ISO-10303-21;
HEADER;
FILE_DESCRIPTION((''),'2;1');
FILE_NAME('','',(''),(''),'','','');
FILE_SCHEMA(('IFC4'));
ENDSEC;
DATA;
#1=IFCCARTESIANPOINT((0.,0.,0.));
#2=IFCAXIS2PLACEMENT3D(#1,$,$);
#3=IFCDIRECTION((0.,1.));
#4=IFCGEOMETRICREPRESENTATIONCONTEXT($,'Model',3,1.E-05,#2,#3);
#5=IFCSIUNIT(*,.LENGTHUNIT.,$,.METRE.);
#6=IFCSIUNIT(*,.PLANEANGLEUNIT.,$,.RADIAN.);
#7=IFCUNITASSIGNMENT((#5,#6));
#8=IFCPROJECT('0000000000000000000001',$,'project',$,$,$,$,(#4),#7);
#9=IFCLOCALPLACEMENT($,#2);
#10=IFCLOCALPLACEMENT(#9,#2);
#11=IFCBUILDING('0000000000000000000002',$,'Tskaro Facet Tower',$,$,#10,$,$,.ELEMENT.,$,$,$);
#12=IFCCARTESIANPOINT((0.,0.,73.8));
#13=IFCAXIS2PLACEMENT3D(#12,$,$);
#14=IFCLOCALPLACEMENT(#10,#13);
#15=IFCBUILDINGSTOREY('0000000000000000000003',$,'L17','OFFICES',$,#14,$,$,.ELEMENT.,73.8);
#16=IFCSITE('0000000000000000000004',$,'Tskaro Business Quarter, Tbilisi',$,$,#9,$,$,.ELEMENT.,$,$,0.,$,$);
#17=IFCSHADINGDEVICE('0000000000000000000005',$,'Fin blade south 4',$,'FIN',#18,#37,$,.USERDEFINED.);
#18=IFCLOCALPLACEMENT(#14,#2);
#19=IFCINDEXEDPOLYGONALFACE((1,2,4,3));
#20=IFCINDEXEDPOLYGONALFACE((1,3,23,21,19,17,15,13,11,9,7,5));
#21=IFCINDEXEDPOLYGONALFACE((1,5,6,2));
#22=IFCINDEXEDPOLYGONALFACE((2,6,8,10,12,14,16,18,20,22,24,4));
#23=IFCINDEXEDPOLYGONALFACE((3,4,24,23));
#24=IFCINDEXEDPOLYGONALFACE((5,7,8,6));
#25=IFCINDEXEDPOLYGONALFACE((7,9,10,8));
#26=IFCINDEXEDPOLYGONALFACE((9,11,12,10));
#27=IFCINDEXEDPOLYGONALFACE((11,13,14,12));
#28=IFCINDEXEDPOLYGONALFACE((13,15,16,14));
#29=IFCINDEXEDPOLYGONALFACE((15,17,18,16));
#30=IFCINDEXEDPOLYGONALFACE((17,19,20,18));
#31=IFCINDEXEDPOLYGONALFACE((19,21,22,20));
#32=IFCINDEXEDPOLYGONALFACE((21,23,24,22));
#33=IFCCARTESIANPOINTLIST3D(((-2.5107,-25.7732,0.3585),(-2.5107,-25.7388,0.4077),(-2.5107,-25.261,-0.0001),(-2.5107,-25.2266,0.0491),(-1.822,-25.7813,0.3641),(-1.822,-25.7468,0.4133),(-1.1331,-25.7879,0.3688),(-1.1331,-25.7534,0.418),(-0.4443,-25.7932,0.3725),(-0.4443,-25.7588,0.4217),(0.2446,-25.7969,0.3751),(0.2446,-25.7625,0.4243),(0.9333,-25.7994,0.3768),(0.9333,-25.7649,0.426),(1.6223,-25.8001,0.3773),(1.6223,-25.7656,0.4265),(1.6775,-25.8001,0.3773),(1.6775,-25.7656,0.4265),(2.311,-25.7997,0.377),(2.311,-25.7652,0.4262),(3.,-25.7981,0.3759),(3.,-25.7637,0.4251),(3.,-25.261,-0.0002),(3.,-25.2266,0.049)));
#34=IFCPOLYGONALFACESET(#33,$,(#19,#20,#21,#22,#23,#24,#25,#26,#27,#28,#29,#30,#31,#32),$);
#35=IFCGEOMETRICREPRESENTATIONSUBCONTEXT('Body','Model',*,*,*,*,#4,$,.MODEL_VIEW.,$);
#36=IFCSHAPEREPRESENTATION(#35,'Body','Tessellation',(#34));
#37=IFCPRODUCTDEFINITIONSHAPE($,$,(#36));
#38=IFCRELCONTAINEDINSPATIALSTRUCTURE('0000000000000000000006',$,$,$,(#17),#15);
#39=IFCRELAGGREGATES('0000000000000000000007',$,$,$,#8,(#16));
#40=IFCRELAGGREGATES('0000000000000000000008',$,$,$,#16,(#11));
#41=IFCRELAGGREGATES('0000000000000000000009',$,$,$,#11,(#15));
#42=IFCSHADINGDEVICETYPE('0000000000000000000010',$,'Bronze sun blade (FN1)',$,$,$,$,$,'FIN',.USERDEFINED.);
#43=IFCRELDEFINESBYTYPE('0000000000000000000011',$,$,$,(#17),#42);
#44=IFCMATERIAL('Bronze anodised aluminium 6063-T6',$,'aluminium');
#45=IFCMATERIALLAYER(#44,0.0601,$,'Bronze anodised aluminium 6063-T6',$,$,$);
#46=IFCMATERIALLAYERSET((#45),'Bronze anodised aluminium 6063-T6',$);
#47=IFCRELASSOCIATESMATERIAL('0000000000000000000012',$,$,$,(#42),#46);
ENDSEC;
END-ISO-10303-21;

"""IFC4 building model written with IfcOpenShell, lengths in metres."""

from ifc_helpers import new_model, si_unit, direction, frame, origin, place, context, subcontext, project, spatial, polyline, outline, extrude, material, layer, layer_set, type_object, element, save


model = new_model("IFC4")

# Units and contexts
model_context = context("Model", 3, precision=1e-05, world=origin(), true_north=direction((0.0, 1.0)))
body_context = subcontext(model_context, "Body", "Model", "MODEL_VIEW")
ifc_project = project(units=[si_unit("LENGTHUNIT", "METRE"), si_unit("PLANEANGLEUNIT", "RADIAN")], contexts=[model_context])

# Site, building, storey
site_placement = place(None, origin())
site = spatial("IfcSite", under=ifc_project, at=site_placement, Name="Tskaro Business Quarter, Tbilisi", CompositionType="ELEMENT", RefElevation=0.0)
building_placement = place(site_placement, origin())
building = spatial("IfcBuilding", under=site, at=building_placement, Name="Tskaro Facet Tower", CompositionType="ELEMENT")
storey_placement = place(building_placement, frame((0.0, 0.0, 73.8)))
storey = spatial("IfcBuildingStorey", under=building, at=storey_placement, Name="L17", Description="OFFICES", CompositionType="ELEMENT", Elevation=73.8)

# Shared definitions
ifc_material_1 = material(Name="Bronze anodised aluminium 6063-T6", Category="aluminium")

# Shading device
ifc_layer_1 = layer(ifc_material_1, 0.0601, Name="Bronze anodised aluminium 6063-T6")
ifc_layer_set_1 = layer_set([ifc_layer_1], Name="Bronze anodised aluminium 6063-T6")
shading_device_type = type_object("IfcShadingDeviceType", Name="Bronze sun blade (FN1)", ElementType="FIN", PredefinedType="USERDEFINED", material=ifc_layer_set_1)
shading_device_1_placement = place(storey_placement, frame((-2.5107, -25.2266, 0.0491), z_axis=(0.000008, 0.57356, 0.819164), x_axis=(1.0, -0.000004, -0.000006)))
element("IfcShadingDevice", 1, at=shading_device_1_placement, inside=storey, type_object=shading_device_type, Name="Fin blade south 4", ObjectType="FIN", PredefinedType="USERDEFINED", context=body_context, shape_type="SweptSolid", body=[
    extrude(outline(polyline([(0.0, 0.0), (5.5107, 0.0), (5.5107, -0.6556), (4.8218, -0.6575), (4.1882, -0.6581), (4.1331, -0.6581), (3.4441, -0.6572), (2.7554, -0.6542), (2.0664, -0.6497), (1.3777, -0.6432), (0.6887, -0.6351), (0.0, -0.6253), (0.0, 0.0)])), origin(), (0.0, 0.0, -1.0), 0.0601),
])

save(model, "model.ifc")
